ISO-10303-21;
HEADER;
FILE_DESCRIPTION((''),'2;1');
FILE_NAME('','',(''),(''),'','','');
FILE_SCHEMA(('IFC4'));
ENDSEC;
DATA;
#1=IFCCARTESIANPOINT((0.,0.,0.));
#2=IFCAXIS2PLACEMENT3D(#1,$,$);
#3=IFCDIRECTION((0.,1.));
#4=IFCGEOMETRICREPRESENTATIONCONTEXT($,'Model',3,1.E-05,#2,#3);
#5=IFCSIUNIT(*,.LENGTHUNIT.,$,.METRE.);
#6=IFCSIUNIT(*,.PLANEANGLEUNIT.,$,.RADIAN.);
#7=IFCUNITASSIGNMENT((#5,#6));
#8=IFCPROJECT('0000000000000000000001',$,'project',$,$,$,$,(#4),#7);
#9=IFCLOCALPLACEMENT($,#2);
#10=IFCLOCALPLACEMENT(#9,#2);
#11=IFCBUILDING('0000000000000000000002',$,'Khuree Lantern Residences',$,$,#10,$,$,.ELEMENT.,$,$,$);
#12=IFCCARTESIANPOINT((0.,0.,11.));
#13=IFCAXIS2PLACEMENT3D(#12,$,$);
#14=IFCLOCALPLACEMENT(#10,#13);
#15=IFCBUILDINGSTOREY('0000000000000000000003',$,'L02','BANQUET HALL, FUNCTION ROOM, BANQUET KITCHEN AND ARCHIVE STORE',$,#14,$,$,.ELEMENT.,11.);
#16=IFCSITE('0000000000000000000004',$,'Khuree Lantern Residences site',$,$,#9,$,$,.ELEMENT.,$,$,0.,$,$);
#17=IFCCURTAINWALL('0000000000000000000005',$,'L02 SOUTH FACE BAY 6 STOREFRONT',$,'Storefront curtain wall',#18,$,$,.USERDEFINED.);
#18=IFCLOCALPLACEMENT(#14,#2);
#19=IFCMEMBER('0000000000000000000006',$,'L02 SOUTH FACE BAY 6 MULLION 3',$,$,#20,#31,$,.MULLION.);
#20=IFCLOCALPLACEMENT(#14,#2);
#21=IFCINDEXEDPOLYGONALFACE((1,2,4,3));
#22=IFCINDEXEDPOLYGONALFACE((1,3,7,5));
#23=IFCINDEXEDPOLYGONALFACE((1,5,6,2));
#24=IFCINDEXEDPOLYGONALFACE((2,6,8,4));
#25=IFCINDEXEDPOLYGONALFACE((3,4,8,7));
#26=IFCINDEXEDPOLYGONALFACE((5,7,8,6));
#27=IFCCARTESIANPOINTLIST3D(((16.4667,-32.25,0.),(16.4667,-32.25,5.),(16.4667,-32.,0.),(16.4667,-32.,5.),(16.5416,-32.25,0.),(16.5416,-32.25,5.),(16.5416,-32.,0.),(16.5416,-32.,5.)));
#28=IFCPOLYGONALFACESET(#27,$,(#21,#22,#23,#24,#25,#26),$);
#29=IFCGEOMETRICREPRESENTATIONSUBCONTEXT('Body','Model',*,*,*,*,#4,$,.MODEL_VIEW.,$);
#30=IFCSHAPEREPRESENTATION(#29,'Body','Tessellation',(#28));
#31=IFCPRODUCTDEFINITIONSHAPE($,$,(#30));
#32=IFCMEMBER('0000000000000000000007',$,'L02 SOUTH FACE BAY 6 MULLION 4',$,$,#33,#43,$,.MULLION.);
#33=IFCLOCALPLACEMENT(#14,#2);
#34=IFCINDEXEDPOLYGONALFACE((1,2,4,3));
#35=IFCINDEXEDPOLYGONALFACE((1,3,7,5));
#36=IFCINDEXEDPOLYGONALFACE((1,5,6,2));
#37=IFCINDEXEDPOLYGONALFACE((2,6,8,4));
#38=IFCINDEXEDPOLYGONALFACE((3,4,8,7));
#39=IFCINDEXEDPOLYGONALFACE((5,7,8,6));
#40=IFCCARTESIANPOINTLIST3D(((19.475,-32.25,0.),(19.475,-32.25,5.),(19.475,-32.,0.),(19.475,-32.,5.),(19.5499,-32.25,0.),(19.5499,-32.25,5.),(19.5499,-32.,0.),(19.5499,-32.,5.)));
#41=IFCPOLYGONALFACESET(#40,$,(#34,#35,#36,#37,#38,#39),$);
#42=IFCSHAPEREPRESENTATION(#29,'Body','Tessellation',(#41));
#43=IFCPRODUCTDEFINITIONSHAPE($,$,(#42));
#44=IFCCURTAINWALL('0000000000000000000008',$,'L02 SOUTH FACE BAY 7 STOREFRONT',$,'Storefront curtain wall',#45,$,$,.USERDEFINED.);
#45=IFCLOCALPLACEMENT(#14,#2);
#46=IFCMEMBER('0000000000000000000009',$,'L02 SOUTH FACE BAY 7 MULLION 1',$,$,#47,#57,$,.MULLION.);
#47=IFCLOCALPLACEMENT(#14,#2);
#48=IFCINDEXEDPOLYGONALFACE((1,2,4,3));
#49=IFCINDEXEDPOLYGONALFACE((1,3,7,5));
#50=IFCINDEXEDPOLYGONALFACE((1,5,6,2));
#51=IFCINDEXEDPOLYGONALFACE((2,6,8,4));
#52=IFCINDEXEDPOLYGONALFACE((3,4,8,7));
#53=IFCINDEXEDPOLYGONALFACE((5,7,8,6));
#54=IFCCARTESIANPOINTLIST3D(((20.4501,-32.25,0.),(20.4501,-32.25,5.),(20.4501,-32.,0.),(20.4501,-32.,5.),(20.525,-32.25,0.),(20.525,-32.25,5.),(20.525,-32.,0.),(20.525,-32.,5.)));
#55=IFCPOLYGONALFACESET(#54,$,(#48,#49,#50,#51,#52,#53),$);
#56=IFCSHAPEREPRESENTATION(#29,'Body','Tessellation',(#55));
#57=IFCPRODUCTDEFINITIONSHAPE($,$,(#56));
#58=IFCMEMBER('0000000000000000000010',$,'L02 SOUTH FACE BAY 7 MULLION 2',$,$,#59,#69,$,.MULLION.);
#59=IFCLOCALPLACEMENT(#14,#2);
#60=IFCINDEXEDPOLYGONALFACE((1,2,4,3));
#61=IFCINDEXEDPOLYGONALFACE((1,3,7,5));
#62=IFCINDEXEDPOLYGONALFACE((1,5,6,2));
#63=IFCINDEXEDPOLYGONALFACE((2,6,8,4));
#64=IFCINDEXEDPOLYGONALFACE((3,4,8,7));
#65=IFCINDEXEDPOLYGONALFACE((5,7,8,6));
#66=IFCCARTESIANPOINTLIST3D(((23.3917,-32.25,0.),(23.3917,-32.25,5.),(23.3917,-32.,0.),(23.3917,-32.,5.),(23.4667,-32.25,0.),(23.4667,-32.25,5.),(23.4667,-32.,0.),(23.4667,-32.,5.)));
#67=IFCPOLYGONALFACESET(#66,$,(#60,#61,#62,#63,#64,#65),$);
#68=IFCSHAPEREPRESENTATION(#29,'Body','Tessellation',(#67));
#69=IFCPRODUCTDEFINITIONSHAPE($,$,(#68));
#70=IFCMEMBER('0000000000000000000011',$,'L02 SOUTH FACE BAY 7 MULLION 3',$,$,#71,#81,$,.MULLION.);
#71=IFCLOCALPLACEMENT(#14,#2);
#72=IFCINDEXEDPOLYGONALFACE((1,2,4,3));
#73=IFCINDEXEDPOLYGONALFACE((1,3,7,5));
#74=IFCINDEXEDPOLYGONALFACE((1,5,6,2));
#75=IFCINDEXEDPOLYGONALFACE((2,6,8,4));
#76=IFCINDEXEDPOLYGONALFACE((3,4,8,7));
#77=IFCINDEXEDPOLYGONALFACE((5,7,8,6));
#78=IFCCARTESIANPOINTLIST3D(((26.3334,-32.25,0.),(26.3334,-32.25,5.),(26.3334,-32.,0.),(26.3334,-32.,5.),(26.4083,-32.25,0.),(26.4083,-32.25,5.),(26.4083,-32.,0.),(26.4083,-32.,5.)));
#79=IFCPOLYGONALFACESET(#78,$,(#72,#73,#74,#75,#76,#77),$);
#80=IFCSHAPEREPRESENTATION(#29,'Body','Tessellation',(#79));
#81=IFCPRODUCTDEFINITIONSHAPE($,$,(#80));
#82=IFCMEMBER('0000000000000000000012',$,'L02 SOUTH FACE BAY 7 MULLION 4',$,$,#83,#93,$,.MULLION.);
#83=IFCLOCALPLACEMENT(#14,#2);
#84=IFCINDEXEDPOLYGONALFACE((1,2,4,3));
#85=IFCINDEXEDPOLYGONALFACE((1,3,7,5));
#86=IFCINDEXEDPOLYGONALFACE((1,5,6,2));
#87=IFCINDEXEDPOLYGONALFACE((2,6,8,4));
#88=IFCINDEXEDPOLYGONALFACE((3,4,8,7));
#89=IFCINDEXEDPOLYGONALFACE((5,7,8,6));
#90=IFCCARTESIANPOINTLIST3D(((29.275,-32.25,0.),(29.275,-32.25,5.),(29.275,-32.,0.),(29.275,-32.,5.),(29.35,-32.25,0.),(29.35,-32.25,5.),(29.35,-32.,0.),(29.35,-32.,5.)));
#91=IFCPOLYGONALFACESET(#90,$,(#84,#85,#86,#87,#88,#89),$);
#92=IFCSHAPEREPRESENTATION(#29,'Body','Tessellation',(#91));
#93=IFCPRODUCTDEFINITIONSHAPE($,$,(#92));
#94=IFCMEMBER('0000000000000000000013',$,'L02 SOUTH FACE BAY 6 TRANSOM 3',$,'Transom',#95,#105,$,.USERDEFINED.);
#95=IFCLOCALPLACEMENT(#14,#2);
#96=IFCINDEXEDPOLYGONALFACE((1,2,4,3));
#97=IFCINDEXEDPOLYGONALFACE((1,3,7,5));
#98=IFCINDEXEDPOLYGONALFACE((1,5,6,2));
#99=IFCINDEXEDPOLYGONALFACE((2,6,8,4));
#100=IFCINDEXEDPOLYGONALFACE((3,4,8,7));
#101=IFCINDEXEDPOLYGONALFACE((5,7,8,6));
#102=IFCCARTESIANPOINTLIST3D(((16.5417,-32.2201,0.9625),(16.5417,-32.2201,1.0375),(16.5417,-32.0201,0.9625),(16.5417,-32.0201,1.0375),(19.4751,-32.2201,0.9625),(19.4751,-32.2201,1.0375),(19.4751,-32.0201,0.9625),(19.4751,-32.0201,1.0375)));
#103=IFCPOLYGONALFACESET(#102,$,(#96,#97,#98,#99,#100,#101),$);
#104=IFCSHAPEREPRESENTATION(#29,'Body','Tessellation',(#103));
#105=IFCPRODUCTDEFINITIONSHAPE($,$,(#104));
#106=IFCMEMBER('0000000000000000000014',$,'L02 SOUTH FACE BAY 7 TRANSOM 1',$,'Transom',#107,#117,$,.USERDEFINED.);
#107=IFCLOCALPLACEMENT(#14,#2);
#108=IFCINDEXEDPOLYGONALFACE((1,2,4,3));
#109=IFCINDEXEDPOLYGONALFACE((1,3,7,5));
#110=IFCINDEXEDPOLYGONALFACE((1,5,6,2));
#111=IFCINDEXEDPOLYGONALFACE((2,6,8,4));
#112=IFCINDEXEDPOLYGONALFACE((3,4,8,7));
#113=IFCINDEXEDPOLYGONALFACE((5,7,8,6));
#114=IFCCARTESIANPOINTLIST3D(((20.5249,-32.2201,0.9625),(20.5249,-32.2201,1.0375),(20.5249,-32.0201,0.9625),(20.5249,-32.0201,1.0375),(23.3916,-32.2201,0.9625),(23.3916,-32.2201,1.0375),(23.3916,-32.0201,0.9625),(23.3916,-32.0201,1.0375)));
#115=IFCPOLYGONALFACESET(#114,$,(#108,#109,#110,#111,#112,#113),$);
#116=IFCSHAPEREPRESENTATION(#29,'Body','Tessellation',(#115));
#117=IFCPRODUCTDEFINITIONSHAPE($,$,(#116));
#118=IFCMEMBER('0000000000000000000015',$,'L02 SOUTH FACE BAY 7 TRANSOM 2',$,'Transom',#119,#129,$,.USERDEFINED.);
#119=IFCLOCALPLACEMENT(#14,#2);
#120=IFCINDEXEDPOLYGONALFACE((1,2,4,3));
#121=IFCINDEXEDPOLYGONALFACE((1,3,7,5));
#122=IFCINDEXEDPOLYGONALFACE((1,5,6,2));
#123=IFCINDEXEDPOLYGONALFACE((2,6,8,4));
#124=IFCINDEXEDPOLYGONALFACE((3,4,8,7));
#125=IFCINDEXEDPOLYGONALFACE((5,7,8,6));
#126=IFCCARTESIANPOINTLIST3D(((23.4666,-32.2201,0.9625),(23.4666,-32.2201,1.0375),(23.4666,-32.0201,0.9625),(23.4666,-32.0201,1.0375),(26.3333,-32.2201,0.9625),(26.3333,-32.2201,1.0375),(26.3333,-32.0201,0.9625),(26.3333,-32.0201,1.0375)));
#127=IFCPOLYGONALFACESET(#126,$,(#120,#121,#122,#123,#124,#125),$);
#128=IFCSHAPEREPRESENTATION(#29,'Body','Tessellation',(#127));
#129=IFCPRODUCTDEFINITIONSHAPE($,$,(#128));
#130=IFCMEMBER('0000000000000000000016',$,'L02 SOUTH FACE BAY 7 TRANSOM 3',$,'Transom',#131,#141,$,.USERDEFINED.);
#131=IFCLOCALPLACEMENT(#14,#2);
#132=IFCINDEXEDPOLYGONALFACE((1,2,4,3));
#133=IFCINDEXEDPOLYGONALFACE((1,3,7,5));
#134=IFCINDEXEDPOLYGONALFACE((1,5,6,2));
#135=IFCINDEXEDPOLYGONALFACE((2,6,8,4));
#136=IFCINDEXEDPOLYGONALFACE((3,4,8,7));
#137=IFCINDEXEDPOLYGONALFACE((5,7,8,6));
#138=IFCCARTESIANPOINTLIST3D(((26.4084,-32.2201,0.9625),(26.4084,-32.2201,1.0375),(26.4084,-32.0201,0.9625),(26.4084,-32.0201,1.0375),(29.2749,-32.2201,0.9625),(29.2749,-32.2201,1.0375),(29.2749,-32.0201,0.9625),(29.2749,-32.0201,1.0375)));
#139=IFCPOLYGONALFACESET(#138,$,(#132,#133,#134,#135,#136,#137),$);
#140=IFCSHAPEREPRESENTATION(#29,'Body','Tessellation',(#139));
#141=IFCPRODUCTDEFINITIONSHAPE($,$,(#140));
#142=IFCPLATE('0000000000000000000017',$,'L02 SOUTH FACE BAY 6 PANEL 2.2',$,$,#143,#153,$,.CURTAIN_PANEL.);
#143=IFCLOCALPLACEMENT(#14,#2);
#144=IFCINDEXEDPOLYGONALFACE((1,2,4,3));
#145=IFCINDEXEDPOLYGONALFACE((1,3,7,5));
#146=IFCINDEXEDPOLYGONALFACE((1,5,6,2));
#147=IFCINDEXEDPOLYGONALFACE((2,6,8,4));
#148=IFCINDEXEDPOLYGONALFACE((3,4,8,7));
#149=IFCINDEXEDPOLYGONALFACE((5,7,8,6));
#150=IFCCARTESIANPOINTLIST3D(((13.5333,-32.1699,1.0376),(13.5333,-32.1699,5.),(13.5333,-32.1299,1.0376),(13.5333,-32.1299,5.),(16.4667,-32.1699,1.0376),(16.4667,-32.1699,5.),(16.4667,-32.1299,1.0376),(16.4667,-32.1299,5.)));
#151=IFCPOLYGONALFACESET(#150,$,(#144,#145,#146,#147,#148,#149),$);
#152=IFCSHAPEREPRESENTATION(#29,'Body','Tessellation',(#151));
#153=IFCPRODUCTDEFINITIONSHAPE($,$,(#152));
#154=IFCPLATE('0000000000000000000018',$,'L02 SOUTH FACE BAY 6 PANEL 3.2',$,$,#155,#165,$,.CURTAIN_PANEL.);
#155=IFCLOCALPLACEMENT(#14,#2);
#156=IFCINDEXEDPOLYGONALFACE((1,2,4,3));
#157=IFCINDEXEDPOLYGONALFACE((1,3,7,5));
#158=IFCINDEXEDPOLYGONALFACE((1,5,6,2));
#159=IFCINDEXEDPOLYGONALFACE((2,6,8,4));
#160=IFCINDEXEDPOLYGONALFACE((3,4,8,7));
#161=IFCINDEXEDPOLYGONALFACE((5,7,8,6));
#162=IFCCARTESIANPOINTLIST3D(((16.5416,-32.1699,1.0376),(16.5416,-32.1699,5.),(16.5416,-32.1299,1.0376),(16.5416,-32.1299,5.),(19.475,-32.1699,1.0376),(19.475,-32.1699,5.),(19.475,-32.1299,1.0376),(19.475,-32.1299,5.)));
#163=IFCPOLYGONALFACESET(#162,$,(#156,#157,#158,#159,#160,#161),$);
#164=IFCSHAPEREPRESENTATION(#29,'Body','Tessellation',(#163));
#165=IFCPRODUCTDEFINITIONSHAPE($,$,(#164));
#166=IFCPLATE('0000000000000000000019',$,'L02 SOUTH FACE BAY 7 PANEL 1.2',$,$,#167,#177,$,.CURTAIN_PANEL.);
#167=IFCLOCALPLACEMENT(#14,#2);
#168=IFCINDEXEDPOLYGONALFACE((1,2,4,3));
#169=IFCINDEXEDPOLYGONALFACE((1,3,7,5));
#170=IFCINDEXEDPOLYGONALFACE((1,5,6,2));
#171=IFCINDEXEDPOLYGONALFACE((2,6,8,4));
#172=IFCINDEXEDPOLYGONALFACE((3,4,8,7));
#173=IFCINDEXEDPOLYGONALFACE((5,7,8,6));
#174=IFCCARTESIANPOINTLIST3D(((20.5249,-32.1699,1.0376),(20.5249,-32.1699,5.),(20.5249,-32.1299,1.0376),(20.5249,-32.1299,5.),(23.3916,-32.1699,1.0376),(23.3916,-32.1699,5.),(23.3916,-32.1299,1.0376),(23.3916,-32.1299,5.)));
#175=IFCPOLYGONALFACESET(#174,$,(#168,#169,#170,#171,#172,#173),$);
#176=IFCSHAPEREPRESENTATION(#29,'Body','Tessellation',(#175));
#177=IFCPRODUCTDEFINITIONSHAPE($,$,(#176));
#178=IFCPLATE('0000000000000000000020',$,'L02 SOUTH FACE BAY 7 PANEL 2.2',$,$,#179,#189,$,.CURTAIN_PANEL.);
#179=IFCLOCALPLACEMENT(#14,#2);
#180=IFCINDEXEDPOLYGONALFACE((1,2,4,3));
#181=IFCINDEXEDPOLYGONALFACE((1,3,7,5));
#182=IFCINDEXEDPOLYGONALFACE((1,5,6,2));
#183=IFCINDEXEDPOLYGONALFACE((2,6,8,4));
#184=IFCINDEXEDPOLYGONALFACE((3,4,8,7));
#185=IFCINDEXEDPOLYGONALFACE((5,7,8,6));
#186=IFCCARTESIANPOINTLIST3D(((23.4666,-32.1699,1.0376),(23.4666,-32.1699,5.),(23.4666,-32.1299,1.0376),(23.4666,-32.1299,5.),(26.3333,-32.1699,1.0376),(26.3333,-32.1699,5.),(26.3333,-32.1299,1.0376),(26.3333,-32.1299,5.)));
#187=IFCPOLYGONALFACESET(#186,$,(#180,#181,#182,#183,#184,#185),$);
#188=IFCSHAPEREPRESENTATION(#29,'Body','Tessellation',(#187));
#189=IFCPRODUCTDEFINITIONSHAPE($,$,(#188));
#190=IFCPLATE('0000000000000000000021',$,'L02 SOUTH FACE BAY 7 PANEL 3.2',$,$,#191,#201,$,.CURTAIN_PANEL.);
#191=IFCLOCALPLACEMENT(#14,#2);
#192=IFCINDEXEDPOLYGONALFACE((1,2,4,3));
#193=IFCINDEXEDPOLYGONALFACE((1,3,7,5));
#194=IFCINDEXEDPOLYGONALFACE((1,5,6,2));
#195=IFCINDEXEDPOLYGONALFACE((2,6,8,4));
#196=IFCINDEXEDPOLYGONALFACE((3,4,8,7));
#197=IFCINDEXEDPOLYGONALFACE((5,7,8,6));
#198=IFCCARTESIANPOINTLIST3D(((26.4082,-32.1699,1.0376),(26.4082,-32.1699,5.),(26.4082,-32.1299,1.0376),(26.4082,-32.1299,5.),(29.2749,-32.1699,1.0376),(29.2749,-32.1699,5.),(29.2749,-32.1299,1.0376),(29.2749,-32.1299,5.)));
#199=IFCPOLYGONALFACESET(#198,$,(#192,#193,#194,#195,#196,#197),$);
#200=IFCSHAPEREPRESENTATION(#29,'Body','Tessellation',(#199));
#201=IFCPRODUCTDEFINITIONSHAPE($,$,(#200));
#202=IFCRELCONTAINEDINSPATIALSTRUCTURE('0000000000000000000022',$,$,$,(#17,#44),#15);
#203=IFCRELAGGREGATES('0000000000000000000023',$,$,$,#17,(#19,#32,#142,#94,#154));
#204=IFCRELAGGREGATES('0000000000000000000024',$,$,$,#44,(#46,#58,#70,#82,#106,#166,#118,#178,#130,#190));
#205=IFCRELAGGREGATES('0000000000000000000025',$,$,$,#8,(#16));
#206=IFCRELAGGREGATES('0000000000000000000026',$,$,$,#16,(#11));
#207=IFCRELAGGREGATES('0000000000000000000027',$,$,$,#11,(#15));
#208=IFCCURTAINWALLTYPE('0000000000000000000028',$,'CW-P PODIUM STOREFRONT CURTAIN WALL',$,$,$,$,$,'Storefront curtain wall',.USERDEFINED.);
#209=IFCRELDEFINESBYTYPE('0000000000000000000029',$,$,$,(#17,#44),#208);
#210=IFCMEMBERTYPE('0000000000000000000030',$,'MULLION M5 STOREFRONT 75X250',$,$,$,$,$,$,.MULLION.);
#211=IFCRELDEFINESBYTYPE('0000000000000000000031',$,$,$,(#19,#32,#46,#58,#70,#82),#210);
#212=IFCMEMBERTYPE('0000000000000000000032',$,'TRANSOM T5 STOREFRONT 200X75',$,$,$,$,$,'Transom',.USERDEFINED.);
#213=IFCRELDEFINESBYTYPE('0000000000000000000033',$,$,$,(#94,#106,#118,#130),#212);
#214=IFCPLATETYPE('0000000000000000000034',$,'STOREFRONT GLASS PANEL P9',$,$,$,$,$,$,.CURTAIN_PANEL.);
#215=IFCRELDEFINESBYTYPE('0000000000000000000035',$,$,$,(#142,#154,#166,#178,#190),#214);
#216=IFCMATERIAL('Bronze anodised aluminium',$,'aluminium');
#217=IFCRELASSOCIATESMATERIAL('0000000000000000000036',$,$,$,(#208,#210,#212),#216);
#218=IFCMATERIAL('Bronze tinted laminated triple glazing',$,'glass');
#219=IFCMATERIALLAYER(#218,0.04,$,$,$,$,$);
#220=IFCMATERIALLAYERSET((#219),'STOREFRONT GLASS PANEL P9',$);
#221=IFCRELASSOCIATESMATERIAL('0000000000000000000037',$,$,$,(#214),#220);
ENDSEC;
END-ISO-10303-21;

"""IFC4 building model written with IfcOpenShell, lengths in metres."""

from ifc_helpers import new_model, si_unit, direction, frame, origin, origin_2d, place, context, subcontext, project, spatial, rectangle, extrude, material, layer, layer_set, material_profile, profile_set, type_object, element, aggregate, save


model = new_model("IFC4")

# Units and contexts
model_context = context("Model", 3, precision=1e-05, world=origin(), true_north=direction((0.0, 1.0)))
body_context = subcontext(model_context, "Body", "Model", "MODEL_VIEW")
ifc_project = project(units=[si_unit("LENGTHUNIT", "METRE"), si_unit("PLANEANGLEUNIT", "RADIAN")], contexts=[model_context])

# Site, building, storey
site_placement = place(None, origin())
site = spatial("IfcSite", under=ifc_project, at=site_placement, Name="Khuree Lantern Residences site", CompositionType="ELEMENT", RefElevation=0.0)
building_placement = place(site_placement, origin())
building = spatial("IfcBuilding", under=site, at=building_placement, Name="Khuree Lantern Residences", CompositionType="ELEMENT")
storey_placement = place(building_placement, frame((0.0, 0.0, 11.0)))
storey = spatial("IfcBuildingStorey", under=building, at=storey_placement, Name="L02", Description="BANQUET HALL, FUNCTION ROOM, BANQUET KITCHEN AND ARCHIVE STORE", CompositionType="ELEMENT", Elevation=11.0)

# Curtain walls, members
ifc_material_1 = material(Name="Bronze anodised aluminium", Category="aluminium")
curtain_wall_type = type_object("IfcCurtainWallType", Name="CW-P PODIUM STOREFRONT CURTAIN WALL", ElementType="Storefront curtain wall", PredefinedType="USERDEFINED", material=ifc_material_1)
curtain_wall_1_placement = place(storey_placement, origin())
curtain_wall_1 = element("IfcCurtainWall", 1, at=curtain_wall_1_placement, inside=storey, type_object=curtain_wall_type, Name="L02 SOUTH FACE BAY 6 STOREFRONT", ObjectType="Storefront curtain wall", PredefinedType="USERDEFINED")
ifc_material_profile_1 = material_profile(ifc_material_1, rectangle(XDim=0.075, YDim=0.25, at=origin_2d()), Name="M5 75X250")
ifc_profile_set_1 = profile_set([ifc_material_profile_1], Name="Bronze anodised aluminium")
member_type_1 = type_object("IfcMemberType", Name="MULLION M5 STOREFRONT 75X250", PredefinedType="MULLION", material=ifc_profile_set_1)
member_1_placement = place(storey_placement, frame((16.5042, -32.125, 0.0), z_axis=(0.0, 0.0, 1.0), x_axis=(1.0, 0.0, 0.0)))
member_1 = element("IfcMember", 2, at=member_1_placement, type_object=member_type_1, Name="L02 SOUTH FACE BAY 6 MULLION 3", PredefinedType="MULLION", context=body_context, shape_type="SweptSolid", body=[
    extrude(rectangle(XDim=0.075, YDim=0.25, at=origin_2d()), origin(), (0.0, 0.0, 1.0), 5.0),
])
member_2_placement = place(storey_placement, frame((19.5125, -32.125, 0.0), z_axis=(0.0, 0.0, 1.0), x_axis=(1.0, 0.0, 0.0)))
member_2 = element("IfcMember", 3, at=member_2_placement, type_object=member_type_1, Name="L02 SOUTH FACE BAY 6 MULLION 4", PredefinedType="MULLION", context=body_context, shape_type="SweptSolid", body=[
    extrude(rectangle(XDim=0.075, YDim=0.25, at=origin_2d()), origin(), (0.0, 0.0, 1.0), 5.0),
])
curtain_wall_2_placement = place(storey_placement, origin())
curtain_wall_2 = element("IfcCurtainWall", 4, at=curtain_wall_2_placement, inside=storey, type_object=curtain_wall_type, Name="L02 SOUTH FACE BAY 7 STOREFRONT", ObjectType="Storefront curtain wall", PredefinedType="USERDEFINED")
member_3_placement = place(storey_placement, frame((20.4875, -32.125, 0.0), z_axis=(0.0, 0.0, 1.0), x_axis=(1.0, 0.0, 0.0)))
member_3 = element("IfcMember", 5, at=member_3_placement, type_object=member_type_1, Name="L02 SOUTH FACE BAY 7 MULLION 1", PredefinedType="MULLION", context=body_context, shape_type="SweptSolid", body=[
    extrude(rectangle(XDim=0.075, YDim=0.25, at=origin_2d()), origin(), (0.0, 0.0, 1.0), 5.0),
])
member_4_placement = place(storey_placement, frame((23.4292, -32.125, 0.0), z_axis=(0.0, 0.0, 1.0), x_axis=(1.0, 0.0, 0.0)))
member_4 = element("IfcMember", 6, at=member_4_placement, type_object=member_type_1, Name="L02 SOUTH FACE BAY 7 MULLION 2", PredefinedType="MULLION", context=body_context, shape_type="SweptSolid", body=[
    extrude(rectangle(XDim=0.075, YDim=0.25, at=origin_2d()), origin(), (0.0, 0.0, 1.0), 5.0),
])
member_5_placement = place(storey_placement, frame((26.3708, -32.125, 0.0), z_axis=(0.0, 0.0, 1.0), x_axis=(1.0, 0.0, 0.0)))
member_5 = element("IfcMember", 7, at=member_5_placement, type_object=member_type_1, Name="L02 SOUTH FACE BAY 7 MULLION 3", PredefinedType="MULLION", context=body_context, shape_type="SweptSolid", body=[
    extrude(rectangle(XDim=0.075, YDim=0.25, at=origin_2d()), origin(), (0.0, 0.0, 1.0), 5.0),
])
member_6_placement = place(storey_placement, frame((29.3125, -32.125, 0.0), z_axis=(0.0, 0.0, 1.0), x_axis=(1.0, 0.0, 0.0)))
member_6 = element("IfcMember", 8, at=member_6_placement, type_object=member_type_1, Name="L02 SOUTH FACE BAY 7 MULLION 4", PredefinedType="MULLION", context=body_context, shape_type="SweptSolid", body=[
    extrude(rectangle(XDim=0.075, YDim=0.25, at=origin_2d()), origin(), (0.0, 0.0, 1.0), 5.0),
])

# Members
ifc_material_profile_2 = material_profile(ifc_material_1, rectangle(XDim=0.2, YDim=0.075, at=origin_2d()), Name="T5 200X75")
ifc_profile_set_2 = profile_set([ifc_material_profile_2], Name="Bronze anodised aluminium")
member_type_2 = type_object("IfcMemberType", Name="TRANSOM T5 STOREFRONT 200X75", ElementType="Transom", PredefinedType="USERDEFINED", material=ifc_profile_set_2)
member_7_placement = place(storey_placement, frame((16.5417, -32.1201, 1.0), z_axis=(1.0, 0.0, 0.0), x_axis=(0.0, 1.0, 0.0)))
member_7 = element("IfcMember", 9, at=member_7_placement, type_object=member_type_2, Name="L02 SOUTH FACE BAY 6 TRANSOM 3", ObjectType="Transom", PredefinedType="USERDEFINED", context=body_context, shape_type="SweptSolid", body=[
    extrude(rectangle(XDim=0.2, YDim=0.075, at=origin_2d()), origin(), (0.0, 0.0, 1.0), 2.9333),
])
member_8_placement = place(storey_placement, frame((20.5249, -32.1201, 1.0), z_axis=(1.0, 0.0, 0.0), x_axis=(0.0, 1.0, 0.0)))
member_8 = element("IfcMember", 10, at=member_8_placement, type_object=member_type_2, Name="L02 SOUTH FACE BAY 7 TRANSOM 1", ObjectType="Transom", PredefinedType="USERDEFINED", context=body_context, shape_type="SweptSolid", body=[
    extrude(rectangle(XDim=0.2, YDim=0.075, at=origin_2d()), origin(), (0.0, 0.0, 1.0), 2.8667),
])
member_9_placement = place(storey_placement, frame((23.4666, -32.1201, 1.0), z_axis=(1.0, 0.0, 0.0), x_axis=(0.0, 1.0, 0.0)))
member_9 = element("IfcMember", 11, at=member_9_placement, type_object=member_type_2, Name="L02 SOUTH FACE BAY 7 TRANSOM 2", ObjectType="Transom", PredefinedType="USERDEFINED", context=body_context, shape_type="SweptSolid", body=[
    extrude(rectangle(XDim=0.2, YDim=0.075, at=origin_2d()), origin(), (0.0, 0.0, 1.0), 2.8667),
])
member_10_placement = place(storey_placement, frame((26.4084, -32.1201, 1.0), z_axis=(1.0, 0.0, 0.0), x_axis=(0.0, 1.0, 0.0)))
member_10 = element("IfcMember", 12, at=member_10_placement, type_object=member_type_2, Name="L02 SOUTH FACE BAY 7 TRANSOM 3", ObjectType="Transom", PredefinedType="USERDEFINED", context=body_context, shape_type="SweptSolid", body=[
    extrude(rectangle(XDim=0.2, YDim=0.075, at=origin_2d()), origin(), (0.0, 0.0, 1.0), 2.8665),
])

# Plates
ifc_material_2 = material(Name="Bronze tinted laminated triple glazing", Category="glass")
ifc_layer_1 = layer(ifc_material_2, 0.04)
ifc_layer_set_1 = layer_set([ifc_layer_1], Name="STOREFRONT GLASS PANEL P9")
plate_type_1 = type_object("IfcPlateType", Name="STOREFRONT GLASS PANEL P9", PredefinedType="CURTAIN_PANEL", material=ifc_layer_set_1)
plate_1_placement = place(storey_placement, frame((15.0, -32.1499, 1.0376), z_axis=(0.0, 0.0, 1.0), x_axis=(1.0, 0.0, 0.0)))
plate_1 = element("IfcPlate", 13, at=plate_1_placement, type_object=plate_type_1, Name="L02 SOUTH FACE BAY 6 PANEL 2.2", PredefinedType="CURTAIN_PANEL", context=body_context, shape_type="SweptSolid", body=[
    extrude(rectangle(XDim=2.9333, YDim=0.04, at=origin_2d()), origin(), (0.0, 0.0, 1.0), 3.9624),
])
plate_2_placement = place(storey_placement, frame((18.0083, -32.1499, 1.0376), z_axis=(0.0, 0.0, 1.0), x_axis=(1.0, 0.0, 0.0)))
plate_2 = element("IfcPlate", 14, at=plate_2_placement, type_object=plate_type_1, Name="L02 SOUTH FACE BAY 6 PANEL 3.2", PredefinedType="CURTAIN_PANEL", context=body_context, shape_type="SweptSolid", body=[
    extrude(rectangle(XDim=2.9333, YDim=0.04, at=origin_2d()), origin(), (0.0, 0.0, 1.0), 3.9624),
])
plate_3_placement = place(storey_placement, frame((21.9583, -32.1499, 1.0376), z_axis=(0.0, 0.0, 1.0), x_axis=(1.0, 0.0, 0.0)))
plate_3 = element("IfcPlate", 15, at=plate_3_placement, type_object=plate_type_1, Name="L02 SOUTH FACE BAY 7 PANEL 1.2", PredefinedType="CURTAIN_PANEL", context=body_context, shape_type="SweptSolid", body=[
    extrude(rectangle(XDim=2.8667, YDim=0.04, at=origin_2d()), origin(), (0.0, 0.0, 1.0), 3.9624),
])
plate_4_placement = place(storey_placement, frame((24.8999, -32.1499, 1.0376), z_axis=(0.0, 0.0, 1.0), x_axis=(1.0, 0.0, 0.0)))
plate_4 = element("IfcPlate", 16, at=plate_4_placement, type_object=plate_type_1, Name="L02 SOUTH FACE BAY 7 PANEL 2.2", PredefinedType="CURTAIN_PANEL", context=body_context, shape_type="SweptSolid", body=[
    extrude(rectangle(XDim=2.8667, YDim=0.04, at=origin_2d()), origin(), (0.0, 0.0, 1.0), 3.9624),
])
plate_5_placement = place(storey_placement, frame((27.8416, -32.1499, 1.0376), z_axis=(0.0, 0.0, 1.0), x_axis=(1.0, 0.0, 0.0)))
plate_5 = element("IfcPlate", 17, at=plate_5_placement, type_object=plate_type_1, Name="L02 SOUTH FACE BAY 7 PANEL 3.2", PredefinedType="CURTAIN_PANEL", context=body_context, shape_type="SweptSolid", body=[
    extrude(rectangle(XDim=2.8667, YDim=0.04, at=origin_2d()), origin(), (0.0, 0.0, 1.0), 3.9624),
])
aggregate(curtain_wall_1, [member_1, member_2, plate_1, member_7, plate_2])
aggregate(curtain_wall_2, [member_3, member_4, member_5, member_6, member_8, plate_3, member_9, plate_4, member_10, plate_5])

save(model, "model.ifc")
